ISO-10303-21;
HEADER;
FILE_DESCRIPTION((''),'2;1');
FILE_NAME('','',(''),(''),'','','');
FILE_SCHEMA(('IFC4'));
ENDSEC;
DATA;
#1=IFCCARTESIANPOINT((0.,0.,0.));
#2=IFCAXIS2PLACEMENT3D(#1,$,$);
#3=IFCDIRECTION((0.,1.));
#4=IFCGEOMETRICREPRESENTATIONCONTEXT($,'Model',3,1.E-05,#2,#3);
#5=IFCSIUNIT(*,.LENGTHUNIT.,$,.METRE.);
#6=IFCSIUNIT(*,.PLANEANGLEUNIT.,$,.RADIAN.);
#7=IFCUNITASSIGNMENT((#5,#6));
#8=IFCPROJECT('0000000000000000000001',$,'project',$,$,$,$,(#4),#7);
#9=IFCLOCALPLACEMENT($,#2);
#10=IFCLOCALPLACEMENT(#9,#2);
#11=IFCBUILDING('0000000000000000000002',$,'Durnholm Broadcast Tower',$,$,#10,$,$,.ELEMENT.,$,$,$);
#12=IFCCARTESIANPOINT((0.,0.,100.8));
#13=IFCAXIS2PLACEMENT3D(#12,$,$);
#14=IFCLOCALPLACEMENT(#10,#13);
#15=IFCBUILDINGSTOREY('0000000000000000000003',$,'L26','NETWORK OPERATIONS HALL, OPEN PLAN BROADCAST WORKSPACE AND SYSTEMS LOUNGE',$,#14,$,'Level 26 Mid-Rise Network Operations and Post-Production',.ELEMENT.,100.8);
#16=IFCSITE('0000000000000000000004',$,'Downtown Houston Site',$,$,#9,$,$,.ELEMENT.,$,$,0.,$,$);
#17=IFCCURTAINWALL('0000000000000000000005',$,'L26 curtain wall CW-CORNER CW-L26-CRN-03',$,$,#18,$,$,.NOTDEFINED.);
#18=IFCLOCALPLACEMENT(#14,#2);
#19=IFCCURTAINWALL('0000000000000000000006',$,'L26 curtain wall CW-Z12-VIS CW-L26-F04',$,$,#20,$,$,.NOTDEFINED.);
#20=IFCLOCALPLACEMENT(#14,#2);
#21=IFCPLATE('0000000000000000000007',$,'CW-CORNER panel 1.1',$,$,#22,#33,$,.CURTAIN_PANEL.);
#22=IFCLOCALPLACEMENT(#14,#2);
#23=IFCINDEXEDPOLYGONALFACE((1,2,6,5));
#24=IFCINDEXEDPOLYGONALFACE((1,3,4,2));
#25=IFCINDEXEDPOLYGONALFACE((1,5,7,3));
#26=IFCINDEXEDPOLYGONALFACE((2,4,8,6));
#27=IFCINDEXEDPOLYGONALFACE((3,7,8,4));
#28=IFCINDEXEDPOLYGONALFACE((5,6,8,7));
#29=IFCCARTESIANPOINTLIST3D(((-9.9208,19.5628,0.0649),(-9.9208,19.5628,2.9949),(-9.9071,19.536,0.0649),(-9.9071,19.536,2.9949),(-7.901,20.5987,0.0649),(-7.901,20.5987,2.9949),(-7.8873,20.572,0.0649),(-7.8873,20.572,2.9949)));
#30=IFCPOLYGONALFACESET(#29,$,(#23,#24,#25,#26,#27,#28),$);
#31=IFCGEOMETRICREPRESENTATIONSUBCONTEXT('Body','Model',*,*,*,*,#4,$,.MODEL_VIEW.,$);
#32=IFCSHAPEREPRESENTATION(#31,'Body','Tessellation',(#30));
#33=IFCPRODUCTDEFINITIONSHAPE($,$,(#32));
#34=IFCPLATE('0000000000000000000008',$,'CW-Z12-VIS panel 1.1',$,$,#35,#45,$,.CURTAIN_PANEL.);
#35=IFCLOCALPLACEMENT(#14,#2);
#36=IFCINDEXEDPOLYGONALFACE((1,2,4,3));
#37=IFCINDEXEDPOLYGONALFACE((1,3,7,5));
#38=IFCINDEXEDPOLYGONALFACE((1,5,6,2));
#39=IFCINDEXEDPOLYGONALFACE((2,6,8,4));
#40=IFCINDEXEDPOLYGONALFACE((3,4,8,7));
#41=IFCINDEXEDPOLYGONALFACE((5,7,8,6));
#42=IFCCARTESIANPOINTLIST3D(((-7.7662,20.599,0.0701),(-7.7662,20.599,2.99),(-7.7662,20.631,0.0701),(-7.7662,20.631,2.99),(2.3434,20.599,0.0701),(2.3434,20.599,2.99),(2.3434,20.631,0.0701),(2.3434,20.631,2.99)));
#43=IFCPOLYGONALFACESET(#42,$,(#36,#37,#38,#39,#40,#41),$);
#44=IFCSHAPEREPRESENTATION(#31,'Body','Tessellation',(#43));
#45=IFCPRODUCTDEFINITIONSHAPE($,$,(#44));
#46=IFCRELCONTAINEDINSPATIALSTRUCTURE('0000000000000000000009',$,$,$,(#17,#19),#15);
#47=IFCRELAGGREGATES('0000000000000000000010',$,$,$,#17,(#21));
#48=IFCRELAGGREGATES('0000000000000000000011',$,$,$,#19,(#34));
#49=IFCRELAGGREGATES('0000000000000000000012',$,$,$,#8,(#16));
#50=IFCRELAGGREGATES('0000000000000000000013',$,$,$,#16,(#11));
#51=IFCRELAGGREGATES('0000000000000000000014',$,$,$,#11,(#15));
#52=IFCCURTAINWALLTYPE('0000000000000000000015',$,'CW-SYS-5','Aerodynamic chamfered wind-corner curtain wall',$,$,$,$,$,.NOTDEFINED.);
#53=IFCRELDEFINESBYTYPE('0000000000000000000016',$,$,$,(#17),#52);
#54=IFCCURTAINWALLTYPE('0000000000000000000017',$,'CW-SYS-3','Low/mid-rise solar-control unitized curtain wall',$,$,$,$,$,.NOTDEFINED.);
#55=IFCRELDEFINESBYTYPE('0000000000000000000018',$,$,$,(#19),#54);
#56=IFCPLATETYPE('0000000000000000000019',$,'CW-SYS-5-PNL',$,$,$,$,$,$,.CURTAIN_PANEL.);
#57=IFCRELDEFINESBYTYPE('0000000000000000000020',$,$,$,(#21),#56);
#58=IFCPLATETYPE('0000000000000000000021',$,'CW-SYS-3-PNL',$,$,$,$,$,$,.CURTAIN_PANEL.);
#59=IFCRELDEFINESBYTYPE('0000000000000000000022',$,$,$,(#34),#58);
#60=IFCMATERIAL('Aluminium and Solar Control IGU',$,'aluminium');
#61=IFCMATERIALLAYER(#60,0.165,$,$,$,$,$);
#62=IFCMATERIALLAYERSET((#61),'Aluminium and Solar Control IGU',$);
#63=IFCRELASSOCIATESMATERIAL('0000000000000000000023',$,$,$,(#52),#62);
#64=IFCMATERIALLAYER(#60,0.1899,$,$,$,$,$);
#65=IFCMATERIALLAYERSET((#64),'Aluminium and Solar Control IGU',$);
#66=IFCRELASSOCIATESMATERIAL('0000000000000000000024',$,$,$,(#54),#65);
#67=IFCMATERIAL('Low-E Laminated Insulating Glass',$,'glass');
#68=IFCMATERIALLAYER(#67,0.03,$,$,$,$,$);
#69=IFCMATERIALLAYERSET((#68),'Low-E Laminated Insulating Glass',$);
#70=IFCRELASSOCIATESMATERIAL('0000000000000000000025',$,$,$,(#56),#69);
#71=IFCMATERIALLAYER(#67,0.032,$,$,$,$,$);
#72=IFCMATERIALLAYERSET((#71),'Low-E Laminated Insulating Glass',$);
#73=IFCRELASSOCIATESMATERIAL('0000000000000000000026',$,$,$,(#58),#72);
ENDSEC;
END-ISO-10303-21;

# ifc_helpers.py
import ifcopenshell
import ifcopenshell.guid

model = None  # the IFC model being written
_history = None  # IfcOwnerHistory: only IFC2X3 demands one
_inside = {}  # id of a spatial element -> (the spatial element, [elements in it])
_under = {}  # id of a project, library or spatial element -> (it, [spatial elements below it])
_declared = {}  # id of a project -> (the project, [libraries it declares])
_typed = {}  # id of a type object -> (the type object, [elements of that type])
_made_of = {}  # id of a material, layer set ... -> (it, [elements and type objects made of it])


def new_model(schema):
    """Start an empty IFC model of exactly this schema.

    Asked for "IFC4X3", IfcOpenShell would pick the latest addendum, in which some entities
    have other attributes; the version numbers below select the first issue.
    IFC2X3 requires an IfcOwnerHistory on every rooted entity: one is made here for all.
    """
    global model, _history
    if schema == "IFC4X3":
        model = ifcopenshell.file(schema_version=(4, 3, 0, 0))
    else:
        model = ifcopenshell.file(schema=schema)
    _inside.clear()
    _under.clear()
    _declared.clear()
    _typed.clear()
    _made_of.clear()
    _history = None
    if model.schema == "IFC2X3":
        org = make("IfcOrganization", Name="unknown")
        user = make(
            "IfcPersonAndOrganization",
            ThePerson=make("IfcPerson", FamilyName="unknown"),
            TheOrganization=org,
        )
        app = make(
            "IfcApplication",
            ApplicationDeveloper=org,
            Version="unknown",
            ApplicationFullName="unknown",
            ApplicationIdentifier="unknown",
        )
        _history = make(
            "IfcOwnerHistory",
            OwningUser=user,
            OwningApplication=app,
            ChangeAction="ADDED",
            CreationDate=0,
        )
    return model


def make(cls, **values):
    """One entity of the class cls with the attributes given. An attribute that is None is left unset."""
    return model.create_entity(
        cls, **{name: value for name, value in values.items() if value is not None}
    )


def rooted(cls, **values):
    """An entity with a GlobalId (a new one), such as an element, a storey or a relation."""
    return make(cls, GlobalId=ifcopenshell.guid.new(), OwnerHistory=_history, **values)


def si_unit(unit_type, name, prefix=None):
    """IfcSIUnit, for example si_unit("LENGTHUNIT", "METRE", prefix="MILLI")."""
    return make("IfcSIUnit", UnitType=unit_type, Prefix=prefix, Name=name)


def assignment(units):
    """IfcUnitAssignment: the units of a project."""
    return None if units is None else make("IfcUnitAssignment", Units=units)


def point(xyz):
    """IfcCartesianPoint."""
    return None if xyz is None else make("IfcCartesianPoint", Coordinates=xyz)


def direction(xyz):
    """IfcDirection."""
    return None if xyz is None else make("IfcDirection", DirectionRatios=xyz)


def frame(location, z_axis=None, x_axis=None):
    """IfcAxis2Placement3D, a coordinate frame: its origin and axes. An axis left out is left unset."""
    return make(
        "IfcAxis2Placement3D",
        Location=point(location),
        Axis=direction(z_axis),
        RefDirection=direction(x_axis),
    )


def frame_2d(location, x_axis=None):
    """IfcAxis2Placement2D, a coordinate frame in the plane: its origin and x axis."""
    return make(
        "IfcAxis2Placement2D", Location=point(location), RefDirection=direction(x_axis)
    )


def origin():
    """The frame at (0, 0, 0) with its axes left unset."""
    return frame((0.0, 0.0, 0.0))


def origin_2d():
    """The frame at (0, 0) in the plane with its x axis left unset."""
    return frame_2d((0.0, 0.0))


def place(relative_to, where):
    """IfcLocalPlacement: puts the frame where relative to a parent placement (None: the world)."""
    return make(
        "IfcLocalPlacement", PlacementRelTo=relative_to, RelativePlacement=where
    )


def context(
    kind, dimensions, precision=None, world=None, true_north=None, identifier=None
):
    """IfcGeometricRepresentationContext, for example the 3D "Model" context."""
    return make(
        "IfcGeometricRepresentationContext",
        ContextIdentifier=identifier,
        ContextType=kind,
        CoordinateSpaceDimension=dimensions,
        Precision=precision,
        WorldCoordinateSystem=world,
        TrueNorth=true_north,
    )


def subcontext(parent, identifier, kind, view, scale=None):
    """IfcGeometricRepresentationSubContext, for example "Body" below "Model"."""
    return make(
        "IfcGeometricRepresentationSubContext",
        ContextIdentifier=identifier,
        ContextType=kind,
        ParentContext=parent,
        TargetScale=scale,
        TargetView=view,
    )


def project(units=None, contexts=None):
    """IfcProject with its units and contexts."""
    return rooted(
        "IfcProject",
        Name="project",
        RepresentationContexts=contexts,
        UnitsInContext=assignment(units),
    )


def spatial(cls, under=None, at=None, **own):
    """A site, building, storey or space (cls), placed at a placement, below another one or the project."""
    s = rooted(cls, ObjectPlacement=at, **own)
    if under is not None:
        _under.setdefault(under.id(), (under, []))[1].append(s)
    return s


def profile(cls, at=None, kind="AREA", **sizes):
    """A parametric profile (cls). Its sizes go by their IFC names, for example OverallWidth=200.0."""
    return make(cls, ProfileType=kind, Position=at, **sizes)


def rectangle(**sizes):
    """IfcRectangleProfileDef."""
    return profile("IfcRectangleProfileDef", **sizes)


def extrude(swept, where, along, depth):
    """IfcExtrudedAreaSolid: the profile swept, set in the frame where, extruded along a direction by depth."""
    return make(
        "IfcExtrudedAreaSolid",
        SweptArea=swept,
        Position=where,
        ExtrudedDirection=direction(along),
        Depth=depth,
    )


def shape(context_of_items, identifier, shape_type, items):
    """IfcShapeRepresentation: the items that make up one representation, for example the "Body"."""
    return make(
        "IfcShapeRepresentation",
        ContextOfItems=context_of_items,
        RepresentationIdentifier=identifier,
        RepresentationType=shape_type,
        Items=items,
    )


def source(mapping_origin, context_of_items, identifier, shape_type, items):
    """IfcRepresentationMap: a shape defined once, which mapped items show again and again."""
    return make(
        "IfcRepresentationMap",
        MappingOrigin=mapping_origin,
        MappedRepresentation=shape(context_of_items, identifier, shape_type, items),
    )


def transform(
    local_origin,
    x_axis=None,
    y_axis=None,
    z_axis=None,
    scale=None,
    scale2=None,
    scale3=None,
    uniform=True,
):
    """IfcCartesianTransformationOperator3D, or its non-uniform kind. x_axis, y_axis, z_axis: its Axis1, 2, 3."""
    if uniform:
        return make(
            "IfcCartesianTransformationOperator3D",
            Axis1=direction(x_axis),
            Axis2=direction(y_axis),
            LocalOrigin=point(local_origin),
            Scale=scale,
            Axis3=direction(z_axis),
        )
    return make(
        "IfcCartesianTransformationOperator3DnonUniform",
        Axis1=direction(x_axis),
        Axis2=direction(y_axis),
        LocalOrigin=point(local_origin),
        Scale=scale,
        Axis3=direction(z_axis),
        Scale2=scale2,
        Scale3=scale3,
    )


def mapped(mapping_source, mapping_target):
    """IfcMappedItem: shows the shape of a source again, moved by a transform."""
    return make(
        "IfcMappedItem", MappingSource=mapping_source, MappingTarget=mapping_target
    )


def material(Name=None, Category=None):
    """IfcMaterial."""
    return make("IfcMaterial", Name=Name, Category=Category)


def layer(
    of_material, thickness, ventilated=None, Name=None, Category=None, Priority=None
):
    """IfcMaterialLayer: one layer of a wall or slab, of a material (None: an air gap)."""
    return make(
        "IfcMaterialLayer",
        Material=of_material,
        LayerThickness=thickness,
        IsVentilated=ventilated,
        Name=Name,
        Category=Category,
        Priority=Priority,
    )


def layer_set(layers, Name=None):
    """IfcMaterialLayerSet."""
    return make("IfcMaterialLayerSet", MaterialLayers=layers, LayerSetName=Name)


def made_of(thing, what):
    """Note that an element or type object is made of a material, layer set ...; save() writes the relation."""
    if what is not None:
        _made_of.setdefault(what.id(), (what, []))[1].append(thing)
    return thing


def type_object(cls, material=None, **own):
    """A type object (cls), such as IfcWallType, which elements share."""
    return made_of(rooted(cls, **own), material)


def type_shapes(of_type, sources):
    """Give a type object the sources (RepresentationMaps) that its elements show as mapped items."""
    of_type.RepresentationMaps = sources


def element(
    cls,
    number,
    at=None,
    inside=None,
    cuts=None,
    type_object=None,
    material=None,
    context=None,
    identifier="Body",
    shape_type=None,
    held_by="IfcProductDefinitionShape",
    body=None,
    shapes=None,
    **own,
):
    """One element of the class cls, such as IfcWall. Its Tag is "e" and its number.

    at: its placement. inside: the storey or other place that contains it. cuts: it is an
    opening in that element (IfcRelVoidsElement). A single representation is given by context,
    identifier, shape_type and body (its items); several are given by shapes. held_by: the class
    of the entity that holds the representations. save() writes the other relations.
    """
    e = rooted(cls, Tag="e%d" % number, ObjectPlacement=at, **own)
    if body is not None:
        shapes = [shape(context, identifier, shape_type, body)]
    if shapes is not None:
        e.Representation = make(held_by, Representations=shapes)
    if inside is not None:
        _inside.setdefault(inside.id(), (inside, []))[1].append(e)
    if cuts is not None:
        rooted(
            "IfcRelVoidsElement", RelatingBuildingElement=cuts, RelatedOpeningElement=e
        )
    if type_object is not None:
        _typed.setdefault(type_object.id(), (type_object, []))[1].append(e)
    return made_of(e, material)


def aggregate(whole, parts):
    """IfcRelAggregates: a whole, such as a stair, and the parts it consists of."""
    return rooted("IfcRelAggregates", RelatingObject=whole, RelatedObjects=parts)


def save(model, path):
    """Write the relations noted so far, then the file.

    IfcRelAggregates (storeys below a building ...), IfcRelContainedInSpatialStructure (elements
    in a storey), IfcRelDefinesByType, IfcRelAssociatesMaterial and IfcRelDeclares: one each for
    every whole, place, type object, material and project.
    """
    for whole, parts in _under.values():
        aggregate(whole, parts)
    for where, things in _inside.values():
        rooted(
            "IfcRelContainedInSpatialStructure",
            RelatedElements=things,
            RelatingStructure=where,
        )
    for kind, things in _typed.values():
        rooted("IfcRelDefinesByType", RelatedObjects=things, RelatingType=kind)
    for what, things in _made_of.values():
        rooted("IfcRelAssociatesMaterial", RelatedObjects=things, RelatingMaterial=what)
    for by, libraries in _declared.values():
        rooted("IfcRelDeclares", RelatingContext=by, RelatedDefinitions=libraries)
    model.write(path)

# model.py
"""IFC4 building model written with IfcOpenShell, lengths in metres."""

from ifc_helpers import new_model, si_unit, direction, frame, origin, origin_2d, place, context, subcontext, project, spatial, rectangle, extrude, source, transform, mapped, material, layer, layer_set, type_object, type_shapes, element, aggregate, save


model = new_model("IFC4")

# Units and contexts
model_context = context("Model", 3, precision=1e-05, world=origin(), true_north=direction((0.0, 1.0)))
body_context = subcontext(model_context, "Body", "Model", "MODEL_VIEW")
ifc_project = project(units=[si_unit("LENGTHUNIT", "METRE"), si_unit("PLANEANGLEUNIT", "RADIAN")], contexts=[model_context])

# Site, building, storey
site_placement = place(None, origin())
site = spatial("IfcSite", under=ifc_project, at=site_placement, Name="Downtown Houston Site", CompositionType="ELEMENT", RefElevation=0.0)
building_placement = place(site_placement, origin())
building = spatial("IfcBuilding", under=site, at=building_placement, Name="Durnholm Broadcast Tower", CompositionType="ELEMENT")
storey_placement = place(building_placement, frame((0.0, 0.0, 100.8)))
storey = spatial("IfcBuildingStorey", under=building, at=storey_placement, Name="L26", Description="NETWORK OPERATIONS HALL, OPEN PLAN BROADCAST WORKSPACE AND SYSTEMS LOUNGE", LongName="Level 26 Mid-Rise Network Operations and Post-Production", CompositionType="ELEMENT", Elevation=100.8)

# Curtain walls
ifc_material_1 = material(Name="Aluminium and Solar Control IGU", Category="aluminium")
ifc_layer_1 = layer(ifc_material_1, 0.165)
ifc_layer_set_1 = layer_set([ifc_layer_1], Name="Aluminium and Solar Control IGU")
curtain_wall_type_1 = type_object("IfcCurtainWallType", Name="CW-SYS-5", Description="Aerodynamic chamfered wind-corner curtain wall", PredefinedType="NOTDEFINED", material=ifc_layer_set_1)
curtain_wall_1_placement = place(storey_placement, origin())
curtain_wall_1 = element("IfcCurtainWall", 1, at=curtain_wall_1_placement, inside=storey, type_object=curtain_wall_type_1, Name="L26 curtain wall CW-CORNER CW-L26-CRN-03", PredefinedType="NOTDEFINED")
ifc_layer_2 = layer(ifc_material_1, 0.1899)
ifc_layer_set_2 = layer_set([ifc_layer_2], Name="Aluminium and Solar Control IGU")
curtain_wall_type_2 = type_object("IfcCurtainWallType", Name="CW-SYS-3", Description="Low/mid-rise solar-control unitized curtain wall", PredefinedType="NOTDEFINED", material=ifc_layer_set_2)
curtain_wall_2_placement = place(storey_placement, origin())
curtain_wall_2 = element("IfcCurtainWall", 2, at=curtain_wall_2_placement, inside=storey, type_object=curtain_wall_type_2, Name="L26 curtain wall CW-Z12-VIS CW-L26-F04", PredefinedType="NOTDEFINED")

# Plates
ifc_material_2 = material(Name="Low-E Laminated Insulating Glass", Category="glass")
ifc_layer_3 = layer(ifc_material_2, 0.03)
ifc_layer_set_3 = layer_set([ifc_layer_3], Name="Low-E Laminated Insulating Glass")
plate_type_1 = type_object("IfcPlateType", Name="CW-SYS-5-PNL", PredefinedType="CURTAIN_PANEL", material=ifc_layer_set_3)
shared_shape_1 = source(origin(), body_context, "Body", "SweptSolid", [
    extrude(rectangle(XDim=2.27, YDim=0.03, at=origin_2d()), origin(), (0.0, 0.0, 1.0), 2.9299),
])
type_shapes(plate_type_1, [shared_shape_1])
plate_1_placement = place(storey_placement, frame((-8.9041, 20.0674, 0.0649), z_axis=(0.0, 0.0, 1.0), x_axis=(0.889788, 0.456373, 0.0)))
plate_1 = element("IfcPlate", 3, at=plate_1_placement, type_object=plate_type_1, Name="CW-CORNER panel 1.1", PredefinedType="CURTAIN_PANEL", context=body_context, shape_type="MappedRepresentation", body=[
    mapped(shared_shape_1, transform((0.0, 0.0, 0.0), x_axis=(1.0, 0.0, 0.0), y_axis=(0.0, 1.0, 0.0), z_axis=(0.0, 0.0, 1.0), scale=1.0)),
])
aggregate(curtain_wall_1, [plate_1])
ifc_layer_4 = layer(ifc_material_2, 0.032)
ifc_layer_set_4 = layer_set([ifc_layer_4], Name="Low-E Laminated Insulating Glass")
plate_type_2 = type_object("IfcPlateType", Name="CW-SYS-3-PNL", PredefinedType="CURTAIN_PANEL", material=ifc_layer_set_4)
shared_shape_2 = source(origin(), body_context, "Body", "SweptSolid", [
    extrude(rectangle(XDim=10.1096, YDim=0.032, at=origin_2d()), origin(), (0.0, 0.0, 1.0), 2.9199),
])
type_shapes(plate_type_2, [shared_shape_2])
plate_2_placement = place(storey_placement, frame((-2.7114, 20.615, 0.0701), z_axis=(0.0, 0.0, 1.0), x_axis=(1.0, 0.0, 0.0)))
plate_2 = element("IfcPlate", 4, at=plate_2_placement, type_object=plate_type_2, Name="CW-Z12-VIS panel 1.1", PredefinedType="CURTAIN_PANEL", context=body_context, shape_type="MappedRepresentation", body=[
    mapped(shared_shape_2, transform((0.0, 0.0, 0.0), x_axis=(1.0, 0.0, 0.0), y_axis=(0.0, 1.0, 0.0), z_axis=(0.0, 0.0, 1.0), scale=1.0)),
])
aggregate(curtain_wall_2, [plate_2])

save(model, "model.ifc")
